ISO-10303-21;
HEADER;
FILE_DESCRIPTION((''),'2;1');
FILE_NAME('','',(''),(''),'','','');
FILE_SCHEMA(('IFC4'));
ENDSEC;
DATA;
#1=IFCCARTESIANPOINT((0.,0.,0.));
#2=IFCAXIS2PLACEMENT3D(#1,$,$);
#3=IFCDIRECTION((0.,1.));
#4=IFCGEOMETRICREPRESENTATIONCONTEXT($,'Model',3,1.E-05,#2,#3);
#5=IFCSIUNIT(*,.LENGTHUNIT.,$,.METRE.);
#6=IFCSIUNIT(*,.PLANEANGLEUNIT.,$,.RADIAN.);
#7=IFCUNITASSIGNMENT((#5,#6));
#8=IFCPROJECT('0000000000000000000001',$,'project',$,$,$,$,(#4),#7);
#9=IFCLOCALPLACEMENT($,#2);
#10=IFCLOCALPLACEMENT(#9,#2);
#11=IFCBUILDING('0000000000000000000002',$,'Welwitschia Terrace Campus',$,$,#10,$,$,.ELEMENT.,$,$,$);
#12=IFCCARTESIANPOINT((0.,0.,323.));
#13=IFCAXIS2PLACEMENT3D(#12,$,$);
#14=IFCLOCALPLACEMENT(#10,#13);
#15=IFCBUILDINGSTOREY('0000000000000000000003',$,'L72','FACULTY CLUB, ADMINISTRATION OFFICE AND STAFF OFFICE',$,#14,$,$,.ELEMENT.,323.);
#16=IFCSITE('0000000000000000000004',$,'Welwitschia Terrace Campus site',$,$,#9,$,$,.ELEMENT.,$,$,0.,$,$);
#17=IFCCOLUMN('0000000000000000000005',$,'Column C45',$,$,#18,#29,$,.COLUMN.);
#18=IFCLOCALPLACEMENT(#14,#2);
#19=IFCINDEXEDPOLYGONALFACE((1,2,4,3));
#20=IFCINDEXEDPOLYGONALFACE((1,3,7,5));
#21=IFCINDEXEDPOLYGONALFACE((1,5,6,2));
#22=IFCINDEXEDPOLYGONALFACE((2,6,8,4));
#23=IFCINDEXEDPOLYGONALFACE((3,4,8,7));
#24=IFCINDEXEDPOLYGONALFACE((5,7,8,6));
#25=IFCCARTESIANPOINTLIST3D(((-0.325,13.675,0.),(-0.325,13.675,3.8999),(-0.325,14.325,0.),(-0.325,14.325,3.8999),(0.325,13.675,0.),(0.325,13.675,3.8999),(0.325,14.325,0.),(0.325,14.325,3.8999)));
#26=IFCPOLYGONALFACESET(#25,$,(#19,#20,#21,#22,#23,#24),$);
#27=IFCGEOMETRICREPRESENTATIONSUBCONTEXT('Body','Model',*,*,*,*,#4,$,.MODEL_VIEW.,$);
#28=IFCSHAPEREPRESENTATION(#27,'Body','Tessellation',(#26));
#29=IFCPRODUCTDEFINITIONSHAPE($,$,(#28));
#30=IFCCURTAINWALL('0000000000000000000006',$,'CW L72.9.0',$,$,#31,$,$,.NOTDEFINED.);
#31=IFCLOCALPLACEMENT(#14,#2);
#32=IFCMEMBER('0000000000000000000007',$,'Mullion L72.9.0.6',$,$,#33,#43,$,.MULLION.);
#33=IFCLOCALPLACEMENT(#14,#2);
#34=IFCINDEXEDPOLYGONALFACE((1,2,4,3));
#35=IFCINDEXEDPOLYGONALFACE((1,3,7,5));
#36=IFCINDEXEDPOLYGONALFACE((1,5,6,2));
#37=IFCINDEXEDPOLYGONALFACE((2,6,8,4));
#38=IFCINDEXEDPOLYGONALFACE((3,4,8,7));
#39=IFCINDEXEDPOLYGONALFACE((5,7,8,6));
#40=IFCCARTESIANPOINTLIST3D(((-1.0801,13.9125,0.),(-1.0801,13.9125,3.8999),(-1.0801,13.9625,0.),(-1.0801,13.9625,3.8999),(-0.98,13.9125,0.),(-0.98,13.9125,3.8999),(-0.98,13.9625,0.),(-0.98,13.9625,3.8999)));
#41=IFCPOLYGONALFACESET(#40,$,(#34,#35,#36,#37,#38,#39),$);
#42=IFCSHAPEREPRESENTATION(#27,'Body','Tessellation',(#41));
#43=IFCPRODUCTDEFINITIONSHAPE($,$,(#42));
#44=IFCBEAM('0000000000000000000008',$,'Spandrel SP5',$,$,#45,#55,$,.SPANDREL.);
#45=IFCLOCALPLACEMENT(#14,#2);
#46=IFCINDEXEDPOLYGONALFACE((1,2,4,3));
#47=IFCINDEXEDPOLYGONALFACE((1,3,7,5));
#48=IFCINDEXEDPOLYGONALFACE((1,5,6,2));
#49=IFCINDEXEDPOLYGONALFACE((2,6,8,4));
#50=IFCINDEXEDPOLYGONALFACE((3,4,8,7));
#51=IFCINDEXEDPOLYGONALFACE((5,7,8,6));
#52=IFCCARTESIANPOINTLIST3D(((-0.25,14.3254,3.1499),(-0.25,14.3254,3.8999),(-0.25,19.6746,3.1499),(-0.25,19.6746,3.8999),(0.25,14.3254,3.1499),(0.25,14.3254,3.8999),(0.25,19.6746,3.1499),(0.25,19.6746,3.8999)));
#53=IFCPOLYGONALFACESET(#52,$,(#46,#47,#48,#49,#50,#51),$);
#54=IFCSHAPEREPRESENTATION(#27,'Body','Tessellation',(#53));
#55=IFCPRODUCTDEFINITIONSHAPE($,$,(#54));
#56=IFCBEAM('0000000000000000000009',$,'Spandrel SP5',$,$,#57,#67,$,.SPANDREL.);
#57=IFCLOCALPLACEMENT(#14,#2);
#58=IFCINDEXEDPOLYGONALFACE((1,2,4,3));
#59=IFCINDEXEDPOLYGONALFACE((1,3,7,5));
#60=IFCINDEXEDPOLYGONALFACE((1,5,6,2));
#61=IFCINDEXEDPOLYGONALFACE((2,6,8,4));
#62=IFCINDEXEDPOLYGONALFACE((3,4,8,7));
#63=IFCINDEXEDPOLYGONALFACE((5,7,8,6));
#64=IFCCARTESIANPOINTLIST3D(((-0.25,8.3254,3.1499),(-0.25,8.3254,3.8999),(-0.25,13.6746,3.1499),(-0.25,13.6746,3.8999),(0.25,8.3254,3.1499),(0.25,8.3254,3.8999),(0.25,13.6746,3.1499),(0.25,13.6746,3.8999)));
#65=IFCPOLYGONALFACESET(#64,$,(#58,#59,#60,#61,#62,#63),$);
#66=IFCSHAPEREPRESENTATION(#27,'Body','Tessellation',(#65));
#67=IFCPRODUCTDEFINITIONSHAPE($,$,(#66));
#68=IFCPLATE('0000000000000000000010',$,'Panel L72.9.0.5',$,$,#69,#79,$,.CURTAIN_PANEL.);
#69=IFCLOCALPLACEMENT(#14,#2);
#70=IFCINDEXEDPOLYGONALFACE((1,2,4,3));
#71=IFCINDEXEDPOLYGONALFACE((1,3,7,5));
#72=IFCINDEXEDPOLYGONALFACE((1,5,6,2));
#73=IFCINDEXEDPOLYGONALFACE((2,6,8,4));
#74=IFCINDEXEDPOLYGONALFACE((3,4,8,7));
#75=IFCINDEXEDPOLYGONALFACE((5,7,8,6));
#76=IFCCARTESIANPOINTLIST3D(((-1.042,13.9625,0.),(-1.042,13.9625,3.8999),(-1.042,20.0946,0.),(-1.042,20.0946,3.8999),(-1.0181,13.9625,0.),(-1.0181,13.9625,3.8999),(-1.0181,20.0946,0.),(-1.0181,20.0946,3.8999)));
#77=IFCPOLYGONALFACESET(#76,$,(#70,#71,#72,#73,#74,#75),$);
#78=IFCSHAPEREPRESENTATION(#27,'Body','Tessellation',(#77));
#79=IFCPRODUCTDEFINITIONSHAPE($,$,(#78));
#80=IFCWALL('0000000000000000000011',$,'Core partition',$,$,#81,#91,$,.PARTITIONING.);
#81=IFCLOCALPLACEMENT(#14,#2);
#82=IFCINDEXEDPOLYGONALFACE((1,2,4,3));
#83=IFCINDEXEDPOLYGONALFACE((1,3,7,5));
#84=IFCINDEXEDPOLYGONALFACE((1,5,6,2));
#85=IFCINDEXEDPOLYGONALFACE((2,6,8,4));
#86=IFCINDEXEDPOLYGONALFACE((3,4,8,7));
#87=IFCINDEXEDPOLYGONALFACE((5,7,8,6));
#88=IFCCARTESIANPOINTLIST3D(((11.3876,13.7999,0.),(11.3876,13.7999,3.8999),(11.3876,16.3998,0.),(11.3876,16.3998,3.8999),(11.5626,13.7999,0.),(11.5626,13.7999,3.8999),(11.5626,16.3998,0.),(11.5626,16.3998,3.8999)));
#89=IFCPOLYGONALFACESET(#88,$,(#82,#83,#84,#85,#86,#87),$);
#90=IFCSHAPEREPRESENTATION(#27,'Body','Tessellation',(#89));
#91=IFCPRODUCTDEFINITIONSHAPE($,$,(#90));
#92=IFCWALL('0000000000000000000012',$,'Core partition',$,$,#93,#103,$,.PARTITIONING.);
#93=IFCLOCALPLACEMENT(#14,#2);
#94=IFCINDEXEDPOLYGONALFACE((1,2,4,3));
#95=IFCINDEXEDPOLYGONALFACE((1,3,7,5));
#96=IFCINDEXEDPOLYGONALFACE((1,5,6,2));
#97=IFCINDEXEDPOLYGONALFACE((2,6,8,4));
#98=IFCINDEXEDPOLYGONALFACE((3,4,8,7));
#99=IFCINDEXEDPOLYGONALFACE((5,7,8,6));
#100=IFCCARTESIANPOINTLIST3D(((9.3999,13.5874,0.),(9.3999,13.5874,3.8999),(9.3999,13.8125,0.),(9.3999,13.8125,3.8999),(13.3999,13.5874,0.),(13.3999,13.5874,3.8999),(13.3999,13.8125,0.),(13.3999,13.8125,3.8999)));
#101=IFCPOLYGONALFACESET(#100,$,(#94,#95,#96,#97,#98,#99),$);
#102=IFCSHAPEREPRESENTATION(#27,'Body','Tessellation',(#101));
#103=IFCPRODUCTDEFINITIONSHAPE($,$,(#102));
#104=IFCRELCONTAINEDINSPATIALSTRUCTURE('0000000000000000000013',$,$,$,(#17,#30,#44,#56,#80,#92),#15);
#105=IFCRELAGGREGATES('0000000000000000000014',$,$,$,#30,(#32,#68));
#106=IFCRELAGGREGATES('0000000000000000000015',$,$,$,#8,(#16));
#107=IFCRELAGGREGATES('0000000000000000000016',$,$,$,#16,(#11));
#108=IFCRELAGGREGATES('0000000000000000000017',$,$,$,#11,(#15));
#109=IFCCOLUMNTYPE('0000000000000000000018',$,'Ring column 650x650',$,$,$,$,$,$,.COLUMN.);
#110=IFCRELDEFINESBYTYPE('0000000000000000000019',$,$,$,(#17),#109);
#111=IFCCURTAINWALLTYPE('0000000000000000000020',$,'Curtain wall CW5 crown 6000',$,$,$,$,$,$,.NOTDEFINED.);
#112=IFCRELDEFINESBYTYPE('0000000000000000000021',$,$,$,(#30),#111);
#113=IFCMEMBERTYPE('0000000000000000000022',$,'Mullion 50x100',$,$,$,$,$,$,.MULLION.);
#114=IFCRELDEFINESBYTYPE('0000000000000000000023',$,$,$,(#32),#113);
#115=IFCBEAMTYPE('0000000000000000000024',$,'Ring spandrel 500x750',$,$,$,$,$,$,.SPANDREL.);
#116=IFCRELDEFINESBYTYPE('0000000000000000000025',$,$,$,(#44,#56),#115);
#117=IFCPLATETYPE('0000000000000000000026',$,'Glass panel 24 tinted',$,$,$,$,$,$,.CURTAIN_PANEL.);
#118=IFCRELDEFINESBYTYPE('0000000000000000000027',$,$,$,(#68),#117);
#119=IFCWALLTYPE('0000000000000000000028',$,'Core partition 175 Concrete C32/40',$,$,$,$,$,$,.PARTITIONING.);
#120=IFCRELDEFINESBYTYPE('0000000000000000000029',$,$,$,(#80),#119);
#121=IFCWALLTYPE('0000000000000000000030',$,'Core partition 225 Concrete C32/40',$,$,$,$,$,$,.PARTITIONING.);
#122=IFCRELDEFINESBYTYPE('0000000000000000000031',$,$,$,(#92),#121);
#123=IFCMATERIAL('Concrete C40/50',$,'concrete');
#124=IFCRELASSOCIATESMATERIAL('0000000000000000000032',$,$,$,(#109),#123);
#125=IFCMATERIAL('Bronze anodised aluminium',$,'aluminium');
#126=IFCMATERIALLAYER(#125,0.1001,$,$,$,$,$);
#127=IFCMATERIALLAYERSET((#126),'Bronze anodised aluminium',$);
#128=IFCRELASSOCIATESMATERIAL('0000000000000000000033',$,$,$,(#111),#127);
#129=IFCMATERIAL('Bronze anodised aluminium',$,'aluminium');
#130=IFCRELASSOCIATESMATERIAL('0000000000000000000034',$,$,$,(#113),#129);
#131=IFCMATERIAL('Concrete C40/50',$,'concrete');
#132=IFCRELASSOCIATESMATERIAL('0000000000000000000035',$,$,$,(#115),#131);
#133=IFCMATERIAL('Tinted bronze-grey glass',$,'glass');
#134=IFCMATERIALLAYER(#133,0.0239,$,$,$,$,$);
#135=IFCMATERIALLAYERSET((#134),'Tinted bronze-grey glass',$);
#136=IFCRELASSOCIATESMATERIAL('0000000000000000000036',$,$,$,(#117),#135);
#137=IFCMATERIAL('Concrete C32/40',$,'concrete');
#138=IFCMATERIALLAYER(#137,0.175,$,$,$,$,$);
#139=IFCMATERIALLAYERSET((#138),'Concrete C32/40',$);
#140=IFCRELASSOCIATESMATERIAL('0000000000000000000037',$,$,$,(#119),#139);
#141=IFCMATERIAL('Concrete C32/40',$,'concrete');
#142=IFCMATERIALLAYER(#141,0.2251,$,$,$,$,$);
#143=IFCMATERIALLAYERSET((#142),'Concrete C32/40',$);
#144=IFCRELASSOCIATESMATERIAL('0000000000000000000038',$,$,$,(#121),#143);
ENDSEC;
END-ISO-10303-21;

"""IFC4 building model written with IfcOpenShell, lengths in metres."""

from ifc_helpers import new_model, si_unit, direction, frame, frame_2d, origin, origin_2d, place, context, subcontext, project, spatial, rectangle, extrude, material, layer, layer_set, material_profile, profile_set, type_object, element, aggregate, save


model = new_model("IFC4")

# Units and contexts
model_context = context("Model", 3, precision=1e-05, world=origin(), true_north=direction((0.0, 1.0)))
body_context = subcontext(model_context, "Body", "Model", "MODEL_VIEW")
ifc_project = project(units=[si_unit("LENGTHUNIT", "METRE"), si_unit("PLANEANGLEUNIT", "RADIAN")], contexts=[model_context])

# Site, building, storey
site_placement = place(None, origin())
site = spatial("IfcSite", under=ifc_project, at=site_placement, Name="Welwitschia Terrace Campus site", CompositionType="ELEMENT", RefElevation=0.0)
building_placement = place(site_placement, origin())
building = spatial("IfcBuilding", under=site, at=building_placement, Name="Welwitschia Terrace Campus", CompositionType="ELEMENT")
storey_placement = place(building_placement, frame((0.0, 0.0, 323.0)))
storey = spatial("IfcBuildingStorey", under=building, at=storey_placement, Name="L72", Description="FACULTY CLUB, ADMINISTRATION OFFICE AND STAFF OFFICE", CompositionType="ELEMENT", Elevation=323.0)

# Column
ifc_material_1 = material(Name="Concrete C40/50", Category="concrete")
ifc_material_profile_1 = material_profile(ifc_material_1, rectangle(XDim=0.6499, YDim=0.6499, at=origin_2d()))
ifc_profile_set_1 = profile_set([ifc_material_profile_1], Name="Concrete C40/50")
column_type = type_object("IfcColumnType", Name="Ring column 650x650", PredefinedType="COLUMN", material=ifc_profile_set_1)
column_placement = place(storey_placement, frame((0.0, 14.0, 0.0), z_axis=(0.0, 0.0, 1.0), x_axis=(1.0, 0.0, 0.0)))
element("IfcColumn", 1, at=column_placement, inside=storey, type_object=column_type, Name="Column C45", PredefinedType="COLUMN", context=body_context, shape_type="SweptSolid", body=[
    extrude(rectangle(XDim=0.6499, YDim=0.6499, at=origin_2d()), origin(), (0.0, 0.0, 1.0), 3.8999),
])

# Curtain wall, member
ifc_material_2 = material(Name="Bronze anodised aluminium", Category="aluminium")
ifc_layer_1 = layer(ifc_material_2, 0.1001)
ifc_layer_set_1 = layer_set([ifc_layer_1], Name="Bronze anodised aluminium")
curtain_wall_type = type_object("IfcCurtainWallType", Name="Curtain wall CW5 crown 6000", PredefinedType="NOTDEFINED", material=ifc_layer_set_1)
curtain_wall_placement = place(storey_placement, origin())
curtain_wall = element("IfcCurtainWall", 2, at=curtain_wall_placement, inside=storey, type_object=curtain_wall_type, Name="CW L72.9.0", PredefinedType="NOTDEFINED")
ifc_material_3 = material(Name="Bronze anodised aluminium", Category="aluminium")
ifc_material_profile_2 = material_profile(ifc_material_3, rectangle(XDim=0.1001, YDim=0.05, at=origin_2d()))
ifc_profile_set_2 = profile_set([ifc_material_profile_2], Name="Bronze anodised aluminium")
member_type = type_object("IfcMemberType", Name="Mullion 50x100", PredefinedType="MULLION", material=ifc_profile_set_2)
member_placement = place(storey_placement, frame((-1.03, 13.9375, 0.0), z_axis=(0.0, 0.0, 1.0), x_axis=(1.0, 0.0, 0.0)))
member = element("IfcMember", 3, at=member_placement, type_object=member_type, Name="Mullion L72.9.0.6", PredefinedType="MULLION", context=body_context, shape_type="SweptSolid", body=[
    extrude(rectangle(XDim=0.1001, YDim=0.05, at=origin_2d()), origin(), (0.0, 0.0, 1.0), 3.8999),
])

# Beams
ifc_material_4 = material(Name="Concrete C40/50", Category="concrete")
ifc_material_profile_3 = material_profile(ifc_material_4, rectangle(XDim=0.5, YDim=0.75, at=origin_2d()))
ifc_profile_set_3 = profile_set([ifc_material_profile_3], Name="Concrete C40/50")
beam_type = type_object("IfcBeamType", Name="Ring spandrel 500x750", PredefinedType="SPANDREL", material=ifc_profile_set_3)
for number, where, z_axis, x_axis, name in (
    (4, (0.0, 19.6746, 3.5249), (0.0, -1.0, 0.0), (1.0, 0.0, 0.0), "Spandrel SP5"),
    (5, (0.0, 13.6746, 3.5249), (0.0, -1.0, 0.0), (1.0, 0.0, 0.0), "Spandrel SP5"),
):
    element("IfcBeam", number, at=place(storey_placement, frame(where, z_axis=z_axis, x_axis=x_axis)), inside=storey, type_object=beam_type, Name=name, PredefinedType="SPANDREL", context=body_context, shape_type="SweptSolid", body=[
        extrude(rectangle(XDim=0.5, YDim=0.75, at=origin_2d()), origin(), (0.0, 0.0, 1.0), 5.3491),
    ])

# Plate
ifc_material_5 = material(Name="Tinted bronze-grey glass", Category="glass")
ifc_layer_2 = layer(ifc_material_5, 0.0239)
ifc_layer_set_2 = layer_set([ifc_layer_2], Name="Tinted bronze-grey glass")
plate_type = type_object("IfcPlateType", Name="Glass panel 24 tinted", PredefinedType="CURTAIN_PANEL", material=ifc_layer_set_2)
plate_placement = place(storey_placement, frame((-1.03, 17.0286, 0.0), z_axis=(0.0, 0.0, 1.0), x_axis=(0.0, -1.0, 0.0)))
plate = element("IfcPlate", 6, at=plate_placement, type_object=plate_type, Name="Panel L72.9.0.5", PredefinedType="CURTAIN_PANEL", context=body_context, shape_type="SweptSolid", body=[
    extrude(rectangle(XDim=6.1321, YDim=0.0239, at=origin_2d()), origin(), (0.0, 0.0, 1.0), 3.8999),
])
aggregate(curtain_wall, [member, plate])

# Walls
ifc_material_6 = material(Name="Concrete C32/40", Category="concrete")
ifc_layer_3 = layer(ifc_material_6, 0.175)
ifc_layer_set_3 = layer_set([ifc_layer_3], Name="Concrete C32/40")
wall_type_1 = type_object("IfcWallType", Name="Core partition 175 Concrete C32/40", PredefinedType="PARTITIONING", material=ifc_layer_set_3)
wall_1_placement = place(storey_placement, frame((11.4751, 13.8, 0.0), z_axis=(0.0, 0.0, 1.0), x_axis=(0.0, 1.0, 0.0)))
element("IfcWall", 7, at=wall_1_placement, inside=storey, type_object=wall_type_1, Name="Core partition", PredefinedType="PARTITIONING", context=body_context, shape_type="SweptSolid", body=[
    extrude(rectangle(XDim=2.5999, YDim=0.175, at=frame_2d((1.2998, 0.0))), origin(), (0.0, 0.0, 1.0), 3.8999),
])
ifc_material_7 = material(Name="Concrete C32/40", Category="concrete")
ifc_layer_4 = layer(ifc_material_7, 0.2251)
ifc_layer_set_4 = layer_set([ifc_layer_4], Name="Concrete C32/40")
wall_type_2 = type_object("IfcWallType", Name="Core partition 225 Concrete C32/40", PredefinedType="PARTITIONING", material=ifc_layer_set_4)
wall_2_placement = place(storey_placement, frame((9.3999, 13.7, 0.0), z_axis=(0.0, 0.0, 1.0), x_axis=(1.0, 0.0, 0.0)))
element("IfcWall", 8, at=wall_2_placement, inside=storey, type_object=wall_type_2, Name="Core partition", PredefinedType="PARTITIONING", context=body_context, shape_type="SweptSolid", body=[
    extrude(rectangle(XDim=4.0, YDim=0.2251, at=frame_2d((2.0, 0.0))), origin(), (0.0, 0.0, 1.0), 3.8999),
])

save(model, "model.ifc")
